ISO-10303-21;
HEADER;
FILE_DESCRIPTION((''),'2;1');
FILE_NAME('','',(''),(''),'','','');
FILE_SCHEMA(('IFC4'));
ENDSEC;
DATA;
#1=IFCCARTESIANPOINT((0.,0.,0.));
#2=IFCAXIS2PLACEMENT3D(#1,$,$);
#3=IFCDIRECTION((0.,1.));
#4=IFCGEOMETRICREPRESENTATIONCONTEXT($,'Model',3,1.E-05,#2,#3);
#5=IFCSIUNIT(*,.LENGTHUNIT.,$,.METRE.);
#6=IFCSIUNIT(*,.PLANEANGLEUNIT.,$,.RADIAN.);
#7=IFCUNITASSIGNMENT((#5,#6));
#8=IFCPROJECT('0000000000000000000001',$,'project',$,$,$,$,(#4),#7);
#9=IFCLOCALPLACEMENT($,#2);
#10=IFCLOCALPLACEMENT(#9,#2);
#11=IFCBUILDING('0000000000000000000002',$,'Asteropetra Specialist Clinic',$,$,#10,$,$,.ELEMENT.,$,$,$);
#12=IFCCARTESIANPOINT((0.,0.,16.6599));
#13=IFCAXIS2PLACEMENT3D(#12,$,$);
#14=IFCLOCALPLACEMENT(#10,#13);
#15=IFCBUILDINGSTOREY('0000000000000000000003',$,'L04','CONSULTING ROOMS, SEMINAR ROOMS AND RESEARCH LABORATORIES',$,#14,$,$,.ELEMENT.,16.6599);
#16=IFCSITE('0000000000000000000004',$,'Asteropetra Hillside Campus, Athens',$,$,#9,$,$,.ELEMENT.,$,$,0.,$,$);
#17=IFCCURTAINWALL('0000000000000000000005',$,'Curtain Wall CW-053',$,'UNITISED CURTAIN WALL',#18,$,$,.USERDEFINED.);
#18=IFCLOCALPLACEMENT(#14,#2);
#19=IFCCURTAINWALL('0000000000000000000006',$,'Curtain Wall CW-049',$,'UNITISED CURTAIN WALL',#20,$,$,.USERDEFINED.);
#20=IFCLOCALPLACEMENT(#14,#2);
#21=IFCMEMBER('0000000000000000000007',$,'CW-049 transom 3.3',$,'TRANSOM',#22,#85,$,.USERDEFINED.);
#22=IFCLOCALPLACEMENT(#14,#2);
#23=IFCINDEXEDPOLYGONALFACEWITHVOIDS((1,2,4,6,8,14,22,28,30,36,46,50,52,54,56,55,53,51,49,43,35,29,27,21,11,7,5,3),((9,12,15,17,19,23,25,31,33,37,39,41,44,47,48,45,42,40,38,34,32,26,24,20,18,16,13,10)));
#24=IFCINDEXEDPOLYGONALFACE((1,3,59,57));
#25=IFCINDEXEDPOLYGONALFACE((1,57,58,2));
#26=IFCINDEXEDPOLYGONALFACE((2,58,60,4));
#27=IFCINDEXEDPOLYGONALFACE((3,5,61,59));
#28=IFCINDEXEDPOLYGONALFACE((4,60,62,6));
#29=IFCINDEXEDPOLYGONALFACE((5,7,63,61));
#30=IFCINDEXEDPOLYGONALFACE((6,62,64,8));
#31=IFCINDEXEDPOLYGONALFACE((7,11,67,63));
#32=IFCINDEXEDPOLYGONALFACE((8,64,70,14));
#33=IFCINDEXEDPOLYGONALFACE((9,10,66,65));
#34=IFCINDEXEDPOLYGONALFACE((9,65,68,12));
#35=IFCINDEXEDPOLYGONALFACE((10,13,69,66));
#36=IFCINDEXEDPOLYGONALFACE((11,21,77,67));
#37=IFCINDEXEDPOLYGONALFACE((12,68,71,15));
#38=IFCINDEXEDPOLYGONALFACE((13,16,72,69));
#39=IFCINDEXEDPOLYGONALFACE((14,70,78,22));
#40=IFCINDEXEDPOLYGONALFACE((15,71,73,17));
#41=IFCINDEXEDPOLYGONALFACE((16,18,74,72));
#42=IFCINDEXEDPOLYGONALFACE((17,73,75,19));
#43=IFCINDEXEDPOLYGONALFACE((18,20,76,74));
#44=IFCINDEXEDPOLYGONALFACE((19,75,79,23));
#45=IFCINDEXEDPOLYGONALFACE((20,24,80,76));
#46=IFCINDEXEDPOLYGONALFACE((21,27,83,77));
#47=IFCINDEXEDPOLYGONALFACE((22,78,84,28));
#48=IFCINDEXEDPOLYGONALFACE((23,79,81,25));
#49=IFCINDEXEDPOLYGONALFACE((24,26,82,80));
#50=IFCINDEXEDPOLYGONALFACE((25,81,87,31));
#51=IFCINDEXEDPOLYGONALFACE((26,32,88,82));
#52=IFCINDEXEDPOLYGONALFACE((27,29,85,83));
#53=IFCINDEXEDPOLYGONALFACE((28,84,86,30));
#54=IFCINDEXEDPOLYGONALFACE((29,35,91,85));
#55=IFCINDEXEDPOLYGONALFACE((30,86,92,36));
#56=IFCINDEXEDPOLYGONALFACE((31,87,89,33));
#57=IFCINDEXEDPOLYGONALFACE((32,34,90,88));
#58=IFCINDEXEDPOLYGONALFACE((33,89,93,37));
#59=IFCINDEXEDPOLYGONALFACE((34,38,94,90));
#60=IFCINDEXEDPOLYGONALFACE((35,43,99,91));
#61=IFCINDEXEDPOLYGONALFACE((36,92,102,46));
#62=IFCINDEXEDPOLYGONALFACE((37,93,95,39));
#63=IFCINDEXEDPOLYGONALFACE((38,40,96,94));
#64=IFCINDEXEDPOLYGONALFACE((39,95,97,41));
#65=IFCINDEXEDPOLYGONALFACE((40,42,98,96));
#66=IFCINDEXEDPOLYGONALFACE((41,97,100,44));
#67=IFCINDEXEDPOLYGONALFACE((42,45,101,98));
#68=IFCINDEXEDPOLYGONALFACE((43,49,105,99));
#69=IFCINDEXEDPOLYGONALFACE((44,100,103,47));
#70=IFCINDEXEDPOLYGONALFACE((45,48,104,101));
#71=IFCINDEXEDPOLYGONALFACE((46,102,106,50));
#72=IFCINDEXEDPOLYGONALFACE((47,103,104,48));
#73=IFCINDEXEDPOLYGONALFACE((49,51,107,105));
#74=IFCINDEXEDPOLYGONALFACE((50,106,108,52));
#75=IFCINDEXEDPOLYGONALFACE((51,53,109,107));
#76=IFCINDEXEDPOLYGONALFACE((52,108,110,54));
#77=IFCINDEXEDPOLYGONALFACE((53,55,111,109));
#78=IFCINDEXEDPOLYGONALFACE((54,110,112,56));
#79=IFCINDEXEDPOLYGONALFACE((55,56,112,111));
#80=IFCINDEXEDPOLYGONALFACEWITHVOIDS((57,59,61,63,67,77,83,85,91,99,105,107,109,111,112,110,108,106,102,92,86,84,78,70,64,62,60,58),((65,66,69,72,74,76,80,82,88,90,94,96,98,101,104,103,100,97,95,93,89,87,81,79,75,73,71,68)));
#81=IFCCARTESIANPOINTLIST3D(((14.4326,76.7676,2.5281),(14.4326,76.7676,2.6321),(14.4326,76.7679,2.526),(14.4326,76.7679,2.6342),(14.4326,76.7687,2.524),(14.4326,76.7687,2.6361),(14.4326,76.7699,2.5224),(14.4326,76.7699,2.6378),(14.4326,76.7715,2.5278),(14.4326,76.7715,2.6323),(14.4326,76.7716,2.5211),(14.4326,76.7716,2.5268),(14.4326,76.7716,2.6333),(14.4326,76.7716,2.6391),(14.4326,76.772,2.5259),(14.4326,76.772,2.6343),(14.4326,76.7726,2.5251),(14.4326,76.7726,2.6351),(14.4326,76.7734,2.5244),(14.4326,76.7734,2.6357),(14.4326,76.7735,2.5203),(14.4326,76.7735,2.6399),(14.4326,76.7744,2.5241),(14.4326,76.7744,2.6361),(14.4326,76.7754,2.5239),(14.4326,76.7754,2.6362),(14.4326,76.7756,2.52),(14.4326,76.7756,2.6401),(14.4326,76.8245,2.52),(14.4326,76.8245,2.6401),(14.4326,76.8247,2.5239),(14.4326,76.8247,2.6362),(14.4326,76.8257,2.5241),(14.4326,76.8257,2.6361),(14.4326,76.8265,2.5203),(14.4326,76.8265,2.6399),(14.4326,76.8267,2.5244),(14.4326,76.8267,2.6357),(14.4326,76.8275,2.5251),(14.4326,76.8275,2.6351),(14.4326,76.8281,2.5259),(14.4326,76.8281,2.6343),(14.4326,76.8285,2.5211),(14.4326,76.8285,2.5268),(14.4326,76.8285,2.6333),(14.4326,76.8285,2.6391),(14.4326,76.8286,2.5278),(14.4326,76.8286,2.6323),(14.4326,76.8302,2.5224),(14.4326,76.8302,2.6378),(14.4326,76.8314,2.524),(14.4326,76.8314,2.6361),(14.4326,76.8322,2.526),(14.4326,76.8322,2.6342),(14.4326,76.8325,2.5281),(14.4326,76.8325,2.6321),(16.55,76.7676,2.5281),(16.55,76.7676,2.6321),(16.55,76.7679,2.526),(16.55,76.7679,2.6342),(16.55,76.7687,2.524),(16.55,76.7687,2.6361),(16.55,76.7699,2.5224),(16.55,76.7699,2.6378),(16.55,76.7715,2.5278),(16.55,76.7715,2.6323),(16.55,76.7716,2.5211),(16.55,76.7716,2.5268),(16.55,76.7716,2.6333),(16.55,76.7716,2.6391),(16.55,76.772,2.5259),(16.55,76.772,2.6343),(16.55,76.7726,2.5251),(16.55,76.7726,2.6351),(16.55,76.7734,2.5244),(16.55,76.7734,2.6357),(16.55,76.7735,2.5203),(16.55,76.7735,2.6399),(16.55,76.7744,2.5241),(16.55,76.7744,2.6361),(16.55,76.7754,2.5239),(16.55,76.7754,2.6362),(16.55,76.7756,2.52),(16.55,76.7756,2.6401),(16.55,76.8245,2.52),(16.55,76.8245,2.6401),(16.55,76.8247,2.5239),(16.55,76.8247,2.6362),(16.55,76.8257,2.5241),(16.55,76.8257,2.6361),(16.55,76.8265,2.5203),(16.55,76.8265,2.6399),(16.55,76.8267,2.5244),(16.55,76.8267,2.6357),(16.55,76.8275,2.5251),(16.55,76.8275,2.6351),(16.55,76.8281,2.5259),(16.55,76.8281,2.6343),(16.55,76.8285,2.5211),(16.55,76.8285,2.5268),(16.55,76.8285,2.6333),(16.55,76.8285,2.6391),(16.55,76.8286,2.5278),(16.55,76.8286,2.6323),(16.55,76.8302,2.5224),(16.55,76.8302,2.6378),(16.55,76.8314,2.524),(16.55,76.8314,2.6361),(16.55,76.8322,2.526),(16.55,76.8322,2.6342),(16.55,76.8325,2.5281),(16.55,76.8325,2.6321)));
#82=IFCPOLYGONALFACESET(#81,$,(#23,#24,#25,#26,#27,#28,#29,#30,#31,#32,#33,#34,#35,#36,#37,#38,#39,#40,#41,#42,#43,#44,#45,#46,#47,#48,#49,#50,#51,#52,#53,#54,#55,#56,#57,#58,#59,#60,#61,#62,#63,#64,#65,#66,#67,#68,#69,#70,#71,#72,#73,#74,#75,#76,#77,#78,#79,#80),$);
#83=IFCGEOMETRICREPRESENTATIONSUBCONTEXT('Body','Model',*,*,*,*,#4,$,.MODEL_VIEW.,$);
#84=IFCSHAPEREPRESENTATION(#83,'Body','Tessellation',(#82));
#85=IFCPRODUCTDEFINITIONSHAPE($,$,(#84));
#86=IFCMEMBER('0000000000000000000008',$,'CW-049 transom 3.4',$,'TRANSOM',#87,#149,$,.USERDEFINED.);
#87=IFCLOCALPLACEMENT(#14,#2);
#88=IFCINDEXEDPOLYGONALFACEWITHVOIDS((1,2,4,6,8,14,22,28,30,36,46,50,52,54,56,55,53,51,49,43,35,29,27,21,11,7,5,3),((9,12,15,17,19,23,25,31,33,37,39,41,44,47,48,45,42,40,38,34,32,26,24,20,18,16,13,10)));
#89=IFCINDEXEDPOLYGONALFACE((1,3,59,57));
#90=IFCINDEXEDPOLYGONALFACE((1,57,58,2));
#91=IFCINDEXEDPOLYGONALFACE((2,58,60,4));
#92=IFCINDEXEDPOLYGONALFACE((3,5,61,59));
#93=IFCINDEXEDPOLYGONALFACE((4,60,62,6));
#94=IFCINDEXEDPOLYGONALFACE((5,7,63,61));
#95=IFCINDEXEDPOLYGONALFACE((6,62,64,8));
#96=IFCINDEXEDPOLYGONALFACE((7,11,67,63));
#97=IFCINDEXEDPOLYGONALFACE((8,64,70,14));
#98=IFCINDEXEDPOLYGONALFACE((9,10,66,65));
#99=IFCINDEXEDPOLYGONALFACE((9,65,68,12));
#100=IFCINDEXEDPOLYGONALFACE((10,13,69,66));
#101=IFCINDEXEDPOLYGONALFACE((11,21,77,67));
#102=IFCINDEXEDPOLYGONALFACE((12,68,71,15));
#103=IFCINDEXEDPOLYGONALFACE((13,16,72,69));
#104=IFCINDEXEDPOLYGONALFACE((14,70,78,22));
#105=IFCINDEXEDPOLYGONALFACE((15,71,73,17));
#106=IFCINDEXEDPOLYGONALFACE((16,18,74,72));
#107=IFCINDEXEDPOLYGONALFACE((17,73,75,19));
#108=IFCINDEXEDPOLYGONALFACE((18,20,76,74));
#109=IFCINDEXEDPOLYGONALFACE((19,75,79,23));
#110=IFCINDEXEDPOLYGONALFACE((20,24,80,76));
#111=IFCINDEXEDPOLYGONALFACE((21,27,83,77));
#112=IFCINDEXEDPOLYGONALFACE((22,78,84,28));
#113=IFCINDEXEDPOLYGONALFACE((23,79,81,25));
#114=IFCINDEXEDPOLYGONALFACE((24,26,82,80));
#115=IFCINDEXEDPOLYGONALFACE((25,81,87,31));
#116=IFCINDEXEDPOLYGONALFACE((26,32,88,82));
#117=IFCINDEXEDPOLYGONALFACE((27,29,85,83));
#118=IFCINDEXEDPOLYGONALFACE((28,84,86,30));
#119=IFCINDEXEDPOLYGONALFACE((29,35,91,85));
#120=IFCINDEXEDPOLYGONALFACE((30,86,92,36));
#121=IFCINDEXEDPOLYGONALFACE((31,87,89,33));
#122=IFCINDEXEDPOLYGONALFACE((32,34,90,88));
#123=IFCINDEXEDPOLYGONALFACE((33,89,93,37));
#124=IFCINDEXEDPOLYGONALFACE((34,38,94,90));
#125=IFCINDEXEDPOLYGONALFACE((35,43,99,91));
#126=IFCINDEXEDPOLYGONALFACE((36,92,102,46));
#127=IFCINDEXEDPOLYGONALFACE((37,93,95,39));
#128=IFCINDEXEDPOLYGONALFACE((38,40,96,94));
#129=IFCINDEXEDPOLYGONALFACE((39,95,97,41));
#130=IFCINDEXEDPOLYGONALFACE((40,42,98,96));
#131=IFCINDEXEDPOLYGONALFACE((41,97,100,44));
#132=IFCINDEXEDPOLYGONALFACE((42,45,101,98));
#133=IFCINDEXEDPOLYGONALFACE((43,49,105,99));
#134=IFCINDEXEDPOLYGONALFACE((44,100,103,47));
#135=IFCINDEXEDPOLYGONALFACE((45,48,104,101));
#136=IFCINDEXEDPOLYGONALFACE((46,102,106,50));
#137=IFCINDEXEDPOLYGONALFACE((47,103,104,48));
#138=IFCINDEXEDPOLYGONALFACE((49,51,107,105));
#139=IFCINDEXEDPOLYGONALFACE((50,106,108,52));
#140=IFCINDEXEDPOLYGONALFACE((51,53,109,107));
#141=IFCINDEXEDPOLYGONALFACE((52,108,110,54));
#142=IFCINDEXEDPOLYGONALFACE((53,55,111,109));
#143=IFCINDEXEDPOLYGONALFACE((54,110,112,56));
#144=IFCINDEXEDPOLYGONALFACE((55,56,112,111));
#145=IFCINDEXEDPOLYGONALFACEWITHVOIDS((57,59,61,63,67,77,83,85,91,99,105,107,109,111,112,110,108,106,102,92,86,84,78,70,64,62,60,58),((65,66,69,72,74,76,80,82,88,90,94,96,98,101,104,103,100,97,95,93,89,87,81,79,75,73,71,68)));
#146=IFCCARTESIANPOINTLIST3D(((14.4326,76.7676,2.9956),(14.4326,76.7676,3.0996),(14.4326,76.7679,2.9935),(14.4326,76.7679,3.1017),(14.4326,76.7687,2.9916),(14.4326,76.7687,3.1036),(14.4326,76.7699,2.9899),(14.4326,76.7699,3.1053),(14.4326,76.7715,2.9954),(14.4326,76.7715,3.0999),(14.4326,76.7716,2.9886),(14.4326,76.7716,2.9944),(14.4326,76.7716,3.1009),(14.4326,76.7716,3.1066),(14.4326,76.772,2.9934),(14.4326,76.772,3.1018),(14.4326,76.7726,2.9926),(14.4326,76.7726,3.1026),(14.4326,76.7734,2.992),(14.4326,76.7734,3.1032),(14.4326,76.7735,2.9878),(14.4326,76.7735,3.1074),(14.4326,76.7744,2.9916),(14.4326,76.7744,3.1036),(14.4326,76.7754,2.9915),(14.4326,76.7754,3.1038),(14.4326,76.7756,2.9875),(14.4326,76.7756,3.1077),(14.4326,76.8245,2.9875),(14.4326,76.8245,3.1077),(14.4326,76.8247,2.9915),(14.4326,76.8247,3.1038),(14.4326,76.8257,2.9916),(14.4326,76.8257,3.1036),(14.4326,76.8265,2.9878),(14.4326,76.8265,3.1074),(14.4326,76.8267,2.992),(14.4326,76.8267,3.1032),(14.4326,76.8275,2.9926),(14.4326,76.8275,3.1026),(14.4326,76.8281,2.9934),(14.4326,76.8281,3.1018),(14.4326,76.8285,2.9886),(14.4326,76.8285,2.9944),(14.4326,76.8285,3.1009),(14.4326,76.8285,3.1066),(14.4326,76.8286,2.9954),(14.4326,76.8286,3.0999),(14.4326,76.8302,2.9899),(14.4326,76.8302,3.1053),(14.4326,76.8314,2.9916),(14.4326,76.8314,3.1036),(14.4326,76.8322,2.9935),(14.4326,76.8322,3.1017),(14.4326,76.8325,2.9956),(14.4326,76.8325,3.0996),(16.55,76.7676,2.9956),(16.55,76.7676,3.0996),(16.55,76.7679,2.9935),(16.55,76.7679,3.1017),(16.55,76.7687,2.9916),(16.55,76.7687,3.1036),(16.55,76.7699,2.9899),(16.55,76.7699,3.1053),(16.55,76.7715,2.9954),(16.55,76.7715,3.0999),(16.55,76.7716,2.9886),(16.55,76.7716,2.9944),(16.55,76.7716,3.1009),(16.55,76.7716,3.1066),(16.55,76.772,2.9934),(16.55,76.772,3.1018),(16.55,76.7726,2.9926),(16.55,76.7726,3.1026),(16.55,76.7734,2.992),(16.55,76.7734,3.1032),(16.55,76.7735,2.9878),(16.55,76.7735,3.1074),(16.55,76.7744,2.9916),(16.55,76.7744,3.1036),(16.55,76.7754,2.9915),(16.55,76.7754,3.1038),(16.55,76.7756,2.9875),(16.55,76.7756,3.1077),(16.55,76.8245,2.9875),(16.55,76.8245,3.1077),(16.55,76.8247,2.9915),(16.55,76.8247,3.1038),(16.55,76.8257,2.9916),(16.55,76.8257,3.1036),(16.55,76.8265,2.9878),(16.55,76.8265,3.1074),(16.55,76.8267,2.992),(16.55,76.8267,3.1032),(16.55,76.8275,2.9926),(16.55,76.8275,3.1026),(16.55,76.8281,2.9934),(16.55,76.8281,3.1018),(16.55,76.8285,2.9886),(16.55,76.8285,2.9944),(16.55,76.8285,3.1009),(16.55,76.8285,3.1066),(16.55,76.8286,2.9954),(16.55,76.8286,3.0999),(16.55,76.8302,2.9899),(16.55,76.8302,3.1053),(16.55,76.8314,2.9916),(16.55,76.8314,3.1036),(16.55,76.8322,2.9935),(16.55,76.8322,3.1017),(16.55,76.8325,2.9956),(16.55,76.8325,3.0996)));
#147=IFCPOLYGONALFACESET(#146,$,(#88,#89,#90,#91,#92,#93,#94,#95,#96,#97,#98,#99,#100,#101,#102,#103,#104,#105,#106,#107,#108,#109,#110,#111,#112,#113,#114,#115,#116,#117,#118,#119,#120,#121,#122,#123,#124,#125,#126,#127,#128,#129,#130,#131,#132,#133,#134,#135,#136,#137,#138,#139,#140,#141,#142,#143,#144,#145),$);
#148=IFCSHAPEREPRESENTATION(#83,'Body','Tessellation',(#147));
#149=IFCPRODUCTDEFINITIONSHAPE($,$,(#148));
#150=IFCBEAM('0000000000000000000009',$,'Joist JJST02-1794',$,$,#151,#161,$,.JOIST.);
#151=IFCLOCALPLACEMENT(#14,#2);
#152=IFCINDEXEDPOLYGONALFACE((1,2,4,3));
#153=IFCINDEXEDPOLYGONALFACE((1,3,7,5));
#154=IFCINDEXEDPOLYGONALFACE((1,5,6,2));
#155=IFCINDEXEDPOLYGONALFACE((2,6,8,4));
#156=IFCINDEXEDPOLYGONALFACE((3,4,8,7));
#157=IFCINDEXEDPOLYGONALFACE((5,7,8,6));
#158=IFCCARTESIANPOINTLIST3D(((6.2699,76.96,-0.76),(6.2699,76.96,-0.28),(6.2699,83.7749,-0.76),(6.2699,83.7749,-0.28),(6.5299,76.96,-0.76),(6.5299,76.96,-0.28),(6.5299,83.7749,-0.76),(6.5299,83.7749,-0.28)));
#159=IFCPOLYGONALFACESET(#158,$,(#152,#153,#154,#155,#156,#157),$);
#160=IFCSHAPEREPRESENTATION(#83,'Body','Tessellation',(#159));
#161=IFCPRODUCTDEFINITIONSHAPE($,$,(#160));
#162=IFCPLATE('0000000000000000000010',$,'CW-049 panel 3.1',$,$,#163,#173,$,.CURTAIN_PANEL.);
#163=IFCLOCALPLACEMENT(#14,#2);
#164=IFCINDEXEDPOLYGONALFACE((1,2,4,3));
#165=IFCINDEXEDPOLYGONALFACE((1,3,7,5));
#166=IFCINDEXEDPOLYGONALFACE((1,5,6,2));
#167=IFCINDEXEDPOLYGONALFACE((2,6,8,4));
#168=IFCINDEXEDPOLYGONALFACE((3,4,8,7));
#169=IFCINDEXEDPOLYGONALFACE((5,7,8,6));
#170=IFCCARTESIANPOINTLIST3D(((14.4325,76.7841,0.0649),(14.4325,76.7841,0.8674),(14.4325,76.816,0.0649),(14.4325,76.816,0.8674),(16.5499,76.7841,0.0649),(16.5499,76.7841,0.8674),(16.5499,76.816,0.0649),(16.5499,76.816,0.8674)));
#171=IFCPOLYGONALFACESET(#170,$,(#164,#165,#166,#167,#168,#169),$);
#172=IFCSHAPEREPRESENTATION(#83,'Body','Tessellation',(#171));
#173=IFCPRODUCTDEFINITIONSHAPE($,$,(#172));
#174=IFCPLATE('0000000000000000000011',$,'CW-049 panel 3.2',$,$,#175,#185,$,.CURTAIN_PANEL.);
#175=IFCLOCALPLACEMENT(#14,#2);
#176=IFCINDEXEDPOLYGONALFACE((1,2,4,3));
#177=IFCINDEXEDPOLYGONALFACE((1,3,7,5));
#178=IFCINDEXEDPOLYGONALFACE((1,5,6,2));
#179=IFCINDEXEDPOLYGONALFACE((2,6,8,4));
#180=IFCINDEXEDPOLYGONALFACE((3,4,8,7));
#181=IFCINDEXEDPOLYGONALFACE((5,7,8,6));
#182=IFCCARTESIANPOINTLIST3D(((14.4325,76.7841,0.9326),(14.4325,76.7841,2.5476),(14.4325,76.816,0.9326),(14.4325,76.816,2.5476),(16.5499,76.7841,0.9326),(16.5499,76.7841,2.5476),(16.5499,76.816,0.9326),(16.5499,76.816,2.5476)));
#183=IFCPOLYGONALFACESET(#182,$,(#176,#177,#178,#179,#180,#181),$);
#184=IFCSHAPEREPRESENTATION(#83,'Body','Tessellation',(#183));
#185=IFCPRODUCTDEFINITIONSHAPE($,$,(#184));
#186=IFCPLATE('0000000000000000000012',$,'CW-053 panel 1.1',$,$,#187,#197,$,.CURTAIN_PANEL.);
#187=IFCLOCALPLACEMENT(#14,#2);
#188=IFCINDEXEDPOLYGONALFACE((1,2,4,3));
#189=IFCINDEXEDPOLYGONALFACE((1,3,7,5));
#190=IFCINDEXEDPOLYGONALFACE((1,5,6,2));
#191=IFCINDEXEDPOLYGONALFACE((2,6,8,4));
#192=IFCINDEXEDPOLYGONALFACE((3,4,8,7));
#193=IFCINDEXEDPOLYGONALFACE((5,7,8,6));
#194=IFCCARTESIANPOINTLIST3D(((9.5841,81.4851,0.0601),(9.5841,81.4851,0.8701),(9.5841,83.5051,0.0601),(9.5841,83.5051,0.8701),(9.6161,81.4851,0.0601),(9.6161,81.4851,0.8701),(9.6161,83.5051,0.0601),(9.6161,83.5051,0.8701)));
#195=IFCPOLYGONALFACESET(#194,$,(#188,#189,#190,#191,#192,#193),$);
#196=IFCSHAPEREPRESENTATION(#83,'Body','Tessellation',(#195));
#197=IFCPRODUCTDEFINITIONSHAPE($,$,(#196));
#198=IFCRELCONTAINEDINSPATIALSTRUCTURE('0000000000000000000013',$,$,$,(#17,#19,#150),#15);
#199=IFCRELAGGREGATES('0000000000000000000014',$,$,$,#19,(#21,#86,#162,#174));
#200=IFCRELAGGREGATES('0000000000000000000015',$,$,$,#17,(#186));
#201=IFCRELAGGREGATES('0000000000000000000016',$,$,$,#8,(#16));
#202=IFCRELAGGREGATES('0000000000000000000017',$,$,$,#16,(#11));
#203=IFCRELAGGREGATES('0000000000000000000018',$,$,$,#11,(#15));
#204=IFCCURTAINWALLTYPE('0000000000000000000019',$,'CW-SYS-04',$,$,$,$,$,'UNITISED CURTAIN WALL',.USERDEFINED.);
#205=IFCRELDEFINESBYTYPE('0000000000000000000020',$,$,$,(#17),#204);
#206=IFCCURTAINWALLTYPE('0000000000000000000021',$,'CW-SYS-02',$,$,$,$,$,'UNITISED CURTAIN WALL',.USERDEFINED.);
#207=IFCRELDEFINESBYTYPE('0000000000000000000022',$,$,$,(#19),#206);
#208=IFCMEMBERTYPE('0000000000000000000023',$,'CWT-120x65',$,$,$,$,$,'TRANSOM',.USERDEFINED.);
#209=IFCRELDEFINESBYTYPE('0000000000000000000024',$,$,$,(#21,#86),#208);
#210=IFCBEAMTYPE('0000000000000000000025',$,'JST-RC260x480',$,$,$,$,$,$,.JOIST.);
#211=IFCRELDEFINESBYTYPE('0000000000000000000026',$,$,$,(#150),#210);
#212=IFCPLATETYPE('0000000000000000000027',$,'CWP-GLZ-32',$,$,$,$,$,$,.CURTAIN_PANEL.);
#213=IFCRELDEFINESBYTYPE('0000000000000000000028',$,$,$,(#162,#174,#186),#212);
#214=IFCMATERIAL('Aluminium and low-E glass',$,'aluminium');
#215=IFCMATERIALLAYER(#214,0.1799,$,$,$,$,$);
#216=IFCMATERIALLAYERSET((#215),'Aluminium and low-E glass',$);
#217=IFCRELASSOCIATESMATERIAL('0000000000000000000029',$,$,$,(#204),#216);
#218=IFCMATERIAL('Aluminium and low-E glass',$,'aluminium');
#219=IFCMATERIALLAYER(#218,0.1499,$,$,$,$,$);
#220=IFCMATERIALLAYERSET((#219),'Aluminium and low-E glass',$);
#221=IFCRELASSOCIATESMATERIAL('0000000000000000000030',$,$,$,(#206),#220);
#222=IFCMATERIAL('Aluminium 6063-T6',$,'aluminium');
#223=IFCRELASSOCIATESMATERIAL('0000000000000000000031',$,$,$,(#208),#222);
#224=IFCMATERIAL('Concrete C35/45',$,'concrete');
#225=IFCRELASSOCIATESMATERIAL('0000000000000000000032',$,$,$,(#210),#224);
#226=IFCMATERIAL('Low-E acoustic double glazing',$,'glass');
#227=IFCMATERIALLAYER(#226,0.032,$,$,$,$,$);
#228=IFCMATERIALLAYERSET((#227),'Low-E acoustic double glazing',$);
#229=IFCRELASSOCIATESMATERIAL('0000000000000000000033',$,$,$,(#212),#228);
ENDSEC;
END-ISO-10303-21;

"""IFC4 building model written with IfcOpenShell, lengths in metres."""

from ifc_helpers import new_model, si_unit, direction, frame, origin, origin_2d, place, context, subcontext, project, spatial, rectangle, hollow_rectangle, extrude, material, layer, layer_set, material_profile, profile_set, type_object, element, aggregate, save


model = new_model("IFC4")

# Units and contexts
model_context = context("Model", 3, precision=1e-05, world=origin(), true_north=direction((0.0, 1.0)))
body_context = subcontext(model_context, "Body", "Model", "MODEL_VIEW")
ifc_project = project(units=[si_unit("LENGTHUNIT", "METRE"), si_unit("PLANEANGLEUNIT", "RADIAN")], contexts=[model_context])

# Site, building, storey
site_placement = place(None, origin())
site = spatial("IfcSite", under=ifc_project, at=site_placement, Name="Asteropetra Hillside Campus, Athens", CompositionType="ELEMENT", RefElevation=0.0)
building_placement = place(site_placement, origin())
building = spatial("IfcBuilding", under=site, at=building_placement, Name="Asteropetra Specialist Clinic", CompositionType="ELEMENT")
storey_placement = place(building_placement, frame((0.0, 0.0, 16.6599)))
storey = spatial("IfcBuildingStorey", under=building, at=storey_placement, Name="L04", Description="CONSULTING ROOMS, SEMINAR ROOMS AND RESEARCH LABORATORIES", CompositionType="ELEMENT", Elevation=16.6599)

# Curtain walls, members
ifc_material_1 = material(Name="Aluminium and low-E glass", Category="aluminium")
ifc_layer_1 = layer(ifc_material_1, 0.1799)
ifc_layer_set_1 = layer_set([ifc_layer_1], Name="Aluminium and low-E glass")
curtain_wall_type_1 = type_object("IfcCurtainWallType", Name="CW-SYS-04", ElementType="UNITISED CURTAIN WALL", PredefinedType="USERDEFINED", material=ifc_layer_set_1)
curtain_wall_1_placement = place(storey_placement, origin())
curtain_wall_1 = element("IfcCurtainWall", 1, at=curtain_wall_1_placement, inside=storey, type_object=curtain_wall_type_1, Name="Curtain Wall CW-053", ObjectType="UNITISED CURTAIN WALL", PredefinedType="USERDEFINED")
ifc_material_2 = material(Name="Aluminium and low-E glass", Category="aluminium")
ifc_layer_2 = layer(ifc_material_2, 0.1499)
ifc_layer_set_2 = layer_set([ifc_layer_2], Name="Aluminium and low-E glass")
curtain_wall_type_2 = type_object("IfcCurtainWallType", Name="CW-SYS-02", ElementType="UNITISED CURTAIN WALL", PredefinedType="USERDEFINED", material=ifc_layer_set_2)
curtain_wall_2_placement = place(storey_placement, origin())
curtain_wall_2 = element("IfcCurtainWall", 2, at=curtain_wall_2_placement, inside=storey, type_object=curtain_wall_type_2, Name="Curtain Wall CW-049", ObjectType="UNITISED CURTAIN WALL", PredefinedType="USERDEFINED")
ifc_material_3 = material(Name="Aluminium 6063-T6", Category="aluminium")
ifc_material_profile_1 = material_profile(ifc_material_3, hollow_rectangle(XDim=0.0649, YDim=0.1201, WallThickness=0.0039, InnerFilletRadius=0.0039, OuterFilletRadius=0.0081, at=origin_2d()), Name="TRN 120x65x4.0")
ifc_profile_set_1 = profile_set([ifc_material_profile_1], Name="Aluminium 6063-T6")
member_type_1 = type_object("IfcMemberType", Name="CWT-120x65", ElementType="TRANSOM", PredefinedType="USERDEFINED", material=ifc_profile_set_1)
member_1_placement = place(storey_placement, frame((14.4326, 76.8, 2.5801), z_axis=(1.0, 0.0, 0.0), x_axis=(0.0, 1.0, 0.0)))
member_1 = element("IfcMember", 3, at=member_1_placement, type_object=member_type_1, Name="CW-049 transom 3.3", ObjectType="TRANSOM", PredefinedType="USERDEFINED", context=body_context, shape_type="SweptSolid", body=[
    extrude(hollow_rectangle(XDim=0.0649, YDim=0.1201, WallThickness=0.0039, InnerFilletRadius=0.0039, OuterFilletRadius=0.0081, at=origin_2d()), origin(), (0.0, 0.0, 1.0), 2.1174),
])
member_2_placement = place(storey_placement, frame((14.4326, 76.8, 3.0476), z_axis=(1.0, 0.0, 0.0), x_axis=(0.0, 1.0, 0.0)))
member_2 = element("IfcMember", 4, at=member_2_placement, type_object=member_type_1, Name="CW-049 transom 3.4", ObjectType="TRANSOM", PredefinedType="USERDEFINED", context=body_context, shape_type="SweptSolid", body=[
    extrude(hollow_rectangle(XDim=0.0649, YDim=0.1201, WallThickness=0.0039, InnerFilletRadius=0.0039, OuterFilletRadius=0.0081, at=origin_2d()), origin(), (0.0, 0.0, 1.0), 2.1174),
])

# Beam
ifc_material_4 = material(Name="Concrete C35/45", Category="concrete")
ifc_material_profile_2 = material_profile(ifc_material_4, rectangle(XDim=0.26, YDim=0.48, at=origin_2d()), Name="RCJ 260x480")
ifc_profile_set_2 = profile_set([ifc_material_profile_2], Name="Concrete C35/45")
beam_type = type_object("IfcBeamType", Name="JST-RC260x480", PredefinedType="JOIST", material=ifc_profile_set_2)
beam_placement = place(storey_placement, frame((6.3999, 76.96, -0.52), z_axis=(0.0, 1.0, 0.0), x_axis=(-1.0, 0.0, 0.0)))
element("IfcBeam", 5, at=beam_placement, inside=storey, type_object=beam_type, Name="Joist JJST02-1794", PredefinedType="JOIST", context=body_context, shape_type="SweptSolid", body=[
    extrude(rectangle(XDim=0.26, YDim=0.48, at=origin_2d()), origin(), (0.0, 0.0, 1.0), 6.8149),
])

# Plates
ifc_material_5 = material(Name="Low-E acoustic double glazing", Category="glass")
ifc_layer_3 = layer(ifc_material_5, 0.032)
ifc_layer_set_3 = layer_set([ifc_layer_3], Name="Low-E acoustic double glazing")
plate_type = type_object("IfcPlateType", Name="CWP-GLZ-32", PredefinedType="CURTAIN_PANEL", material=ifc_layer_set_3)
plate_1_placement = place(storey_placement, frame((15.4912, 76.8, 0.0649), z_axis=(0.0, 0.0, 1.0), x_axis=(1.0, 0.0, 0.0)))
plate_1 = element("IfcPlate", 6, at=plate_1_placement, type_object=plate_type, Name="CW-049 panel 3.1", PredefinedType="CURTAIN_PANEL", context=body_context, shape_type="SweptSolid", body=[
    extrude(rectangle(XDim=2.1174, YDim=0.032, at=origin_2d()), origin(), (0.0, 0.0, 1.0), 0.8025),
])
plate_2_placement = place(storey_placement, frame((15.4912, 76.8, 0.9326), z_axis=(0.0, 0.0, 1.0), x_axis=(1.0, 0.0, 0.0)))
plate_2 = element("IfcPlate", 7, at=plate_2_placement, type_object=plate_type, Name="CW-049 panel 3.2", PredefinedType="CURTAIN_PANEL", context=body_context, shape_type="SweptSolid", body=[
    extrude(rectangle(XDim=2.1174, YDim=0.032, at=origin_2d()), origin(), (0.0, 0.0, 1.0), 1.615),
])
aggregate(curtain_wall_2, [member_1, member_2, plate_1, plate_2])
plate_3_placement = place(storey_placement, frame((9.6001, 82.4951, 0.0601), z_axis=(0.0, 0.0, 1.0), x_axis=(0.0, -1.0, 0.0)))
plate_3 = element("IfcPlate", 8, at=plate_3_placement, type_object=plate_type, Name="CW-053 panel 1.1", PredefinedType="CURTAIN_PANEL", context=body_context, shape_type="SweptSolid", body=[
    extrude(rectangle(XDim=2.02, YDim=0.032, at=origin_2d()), origin(), (0.0, 0.0, 1.0), 0.8101),
])
aggregate(curtain_wall_1, [plate_3])

save(model, "model.ifc")
